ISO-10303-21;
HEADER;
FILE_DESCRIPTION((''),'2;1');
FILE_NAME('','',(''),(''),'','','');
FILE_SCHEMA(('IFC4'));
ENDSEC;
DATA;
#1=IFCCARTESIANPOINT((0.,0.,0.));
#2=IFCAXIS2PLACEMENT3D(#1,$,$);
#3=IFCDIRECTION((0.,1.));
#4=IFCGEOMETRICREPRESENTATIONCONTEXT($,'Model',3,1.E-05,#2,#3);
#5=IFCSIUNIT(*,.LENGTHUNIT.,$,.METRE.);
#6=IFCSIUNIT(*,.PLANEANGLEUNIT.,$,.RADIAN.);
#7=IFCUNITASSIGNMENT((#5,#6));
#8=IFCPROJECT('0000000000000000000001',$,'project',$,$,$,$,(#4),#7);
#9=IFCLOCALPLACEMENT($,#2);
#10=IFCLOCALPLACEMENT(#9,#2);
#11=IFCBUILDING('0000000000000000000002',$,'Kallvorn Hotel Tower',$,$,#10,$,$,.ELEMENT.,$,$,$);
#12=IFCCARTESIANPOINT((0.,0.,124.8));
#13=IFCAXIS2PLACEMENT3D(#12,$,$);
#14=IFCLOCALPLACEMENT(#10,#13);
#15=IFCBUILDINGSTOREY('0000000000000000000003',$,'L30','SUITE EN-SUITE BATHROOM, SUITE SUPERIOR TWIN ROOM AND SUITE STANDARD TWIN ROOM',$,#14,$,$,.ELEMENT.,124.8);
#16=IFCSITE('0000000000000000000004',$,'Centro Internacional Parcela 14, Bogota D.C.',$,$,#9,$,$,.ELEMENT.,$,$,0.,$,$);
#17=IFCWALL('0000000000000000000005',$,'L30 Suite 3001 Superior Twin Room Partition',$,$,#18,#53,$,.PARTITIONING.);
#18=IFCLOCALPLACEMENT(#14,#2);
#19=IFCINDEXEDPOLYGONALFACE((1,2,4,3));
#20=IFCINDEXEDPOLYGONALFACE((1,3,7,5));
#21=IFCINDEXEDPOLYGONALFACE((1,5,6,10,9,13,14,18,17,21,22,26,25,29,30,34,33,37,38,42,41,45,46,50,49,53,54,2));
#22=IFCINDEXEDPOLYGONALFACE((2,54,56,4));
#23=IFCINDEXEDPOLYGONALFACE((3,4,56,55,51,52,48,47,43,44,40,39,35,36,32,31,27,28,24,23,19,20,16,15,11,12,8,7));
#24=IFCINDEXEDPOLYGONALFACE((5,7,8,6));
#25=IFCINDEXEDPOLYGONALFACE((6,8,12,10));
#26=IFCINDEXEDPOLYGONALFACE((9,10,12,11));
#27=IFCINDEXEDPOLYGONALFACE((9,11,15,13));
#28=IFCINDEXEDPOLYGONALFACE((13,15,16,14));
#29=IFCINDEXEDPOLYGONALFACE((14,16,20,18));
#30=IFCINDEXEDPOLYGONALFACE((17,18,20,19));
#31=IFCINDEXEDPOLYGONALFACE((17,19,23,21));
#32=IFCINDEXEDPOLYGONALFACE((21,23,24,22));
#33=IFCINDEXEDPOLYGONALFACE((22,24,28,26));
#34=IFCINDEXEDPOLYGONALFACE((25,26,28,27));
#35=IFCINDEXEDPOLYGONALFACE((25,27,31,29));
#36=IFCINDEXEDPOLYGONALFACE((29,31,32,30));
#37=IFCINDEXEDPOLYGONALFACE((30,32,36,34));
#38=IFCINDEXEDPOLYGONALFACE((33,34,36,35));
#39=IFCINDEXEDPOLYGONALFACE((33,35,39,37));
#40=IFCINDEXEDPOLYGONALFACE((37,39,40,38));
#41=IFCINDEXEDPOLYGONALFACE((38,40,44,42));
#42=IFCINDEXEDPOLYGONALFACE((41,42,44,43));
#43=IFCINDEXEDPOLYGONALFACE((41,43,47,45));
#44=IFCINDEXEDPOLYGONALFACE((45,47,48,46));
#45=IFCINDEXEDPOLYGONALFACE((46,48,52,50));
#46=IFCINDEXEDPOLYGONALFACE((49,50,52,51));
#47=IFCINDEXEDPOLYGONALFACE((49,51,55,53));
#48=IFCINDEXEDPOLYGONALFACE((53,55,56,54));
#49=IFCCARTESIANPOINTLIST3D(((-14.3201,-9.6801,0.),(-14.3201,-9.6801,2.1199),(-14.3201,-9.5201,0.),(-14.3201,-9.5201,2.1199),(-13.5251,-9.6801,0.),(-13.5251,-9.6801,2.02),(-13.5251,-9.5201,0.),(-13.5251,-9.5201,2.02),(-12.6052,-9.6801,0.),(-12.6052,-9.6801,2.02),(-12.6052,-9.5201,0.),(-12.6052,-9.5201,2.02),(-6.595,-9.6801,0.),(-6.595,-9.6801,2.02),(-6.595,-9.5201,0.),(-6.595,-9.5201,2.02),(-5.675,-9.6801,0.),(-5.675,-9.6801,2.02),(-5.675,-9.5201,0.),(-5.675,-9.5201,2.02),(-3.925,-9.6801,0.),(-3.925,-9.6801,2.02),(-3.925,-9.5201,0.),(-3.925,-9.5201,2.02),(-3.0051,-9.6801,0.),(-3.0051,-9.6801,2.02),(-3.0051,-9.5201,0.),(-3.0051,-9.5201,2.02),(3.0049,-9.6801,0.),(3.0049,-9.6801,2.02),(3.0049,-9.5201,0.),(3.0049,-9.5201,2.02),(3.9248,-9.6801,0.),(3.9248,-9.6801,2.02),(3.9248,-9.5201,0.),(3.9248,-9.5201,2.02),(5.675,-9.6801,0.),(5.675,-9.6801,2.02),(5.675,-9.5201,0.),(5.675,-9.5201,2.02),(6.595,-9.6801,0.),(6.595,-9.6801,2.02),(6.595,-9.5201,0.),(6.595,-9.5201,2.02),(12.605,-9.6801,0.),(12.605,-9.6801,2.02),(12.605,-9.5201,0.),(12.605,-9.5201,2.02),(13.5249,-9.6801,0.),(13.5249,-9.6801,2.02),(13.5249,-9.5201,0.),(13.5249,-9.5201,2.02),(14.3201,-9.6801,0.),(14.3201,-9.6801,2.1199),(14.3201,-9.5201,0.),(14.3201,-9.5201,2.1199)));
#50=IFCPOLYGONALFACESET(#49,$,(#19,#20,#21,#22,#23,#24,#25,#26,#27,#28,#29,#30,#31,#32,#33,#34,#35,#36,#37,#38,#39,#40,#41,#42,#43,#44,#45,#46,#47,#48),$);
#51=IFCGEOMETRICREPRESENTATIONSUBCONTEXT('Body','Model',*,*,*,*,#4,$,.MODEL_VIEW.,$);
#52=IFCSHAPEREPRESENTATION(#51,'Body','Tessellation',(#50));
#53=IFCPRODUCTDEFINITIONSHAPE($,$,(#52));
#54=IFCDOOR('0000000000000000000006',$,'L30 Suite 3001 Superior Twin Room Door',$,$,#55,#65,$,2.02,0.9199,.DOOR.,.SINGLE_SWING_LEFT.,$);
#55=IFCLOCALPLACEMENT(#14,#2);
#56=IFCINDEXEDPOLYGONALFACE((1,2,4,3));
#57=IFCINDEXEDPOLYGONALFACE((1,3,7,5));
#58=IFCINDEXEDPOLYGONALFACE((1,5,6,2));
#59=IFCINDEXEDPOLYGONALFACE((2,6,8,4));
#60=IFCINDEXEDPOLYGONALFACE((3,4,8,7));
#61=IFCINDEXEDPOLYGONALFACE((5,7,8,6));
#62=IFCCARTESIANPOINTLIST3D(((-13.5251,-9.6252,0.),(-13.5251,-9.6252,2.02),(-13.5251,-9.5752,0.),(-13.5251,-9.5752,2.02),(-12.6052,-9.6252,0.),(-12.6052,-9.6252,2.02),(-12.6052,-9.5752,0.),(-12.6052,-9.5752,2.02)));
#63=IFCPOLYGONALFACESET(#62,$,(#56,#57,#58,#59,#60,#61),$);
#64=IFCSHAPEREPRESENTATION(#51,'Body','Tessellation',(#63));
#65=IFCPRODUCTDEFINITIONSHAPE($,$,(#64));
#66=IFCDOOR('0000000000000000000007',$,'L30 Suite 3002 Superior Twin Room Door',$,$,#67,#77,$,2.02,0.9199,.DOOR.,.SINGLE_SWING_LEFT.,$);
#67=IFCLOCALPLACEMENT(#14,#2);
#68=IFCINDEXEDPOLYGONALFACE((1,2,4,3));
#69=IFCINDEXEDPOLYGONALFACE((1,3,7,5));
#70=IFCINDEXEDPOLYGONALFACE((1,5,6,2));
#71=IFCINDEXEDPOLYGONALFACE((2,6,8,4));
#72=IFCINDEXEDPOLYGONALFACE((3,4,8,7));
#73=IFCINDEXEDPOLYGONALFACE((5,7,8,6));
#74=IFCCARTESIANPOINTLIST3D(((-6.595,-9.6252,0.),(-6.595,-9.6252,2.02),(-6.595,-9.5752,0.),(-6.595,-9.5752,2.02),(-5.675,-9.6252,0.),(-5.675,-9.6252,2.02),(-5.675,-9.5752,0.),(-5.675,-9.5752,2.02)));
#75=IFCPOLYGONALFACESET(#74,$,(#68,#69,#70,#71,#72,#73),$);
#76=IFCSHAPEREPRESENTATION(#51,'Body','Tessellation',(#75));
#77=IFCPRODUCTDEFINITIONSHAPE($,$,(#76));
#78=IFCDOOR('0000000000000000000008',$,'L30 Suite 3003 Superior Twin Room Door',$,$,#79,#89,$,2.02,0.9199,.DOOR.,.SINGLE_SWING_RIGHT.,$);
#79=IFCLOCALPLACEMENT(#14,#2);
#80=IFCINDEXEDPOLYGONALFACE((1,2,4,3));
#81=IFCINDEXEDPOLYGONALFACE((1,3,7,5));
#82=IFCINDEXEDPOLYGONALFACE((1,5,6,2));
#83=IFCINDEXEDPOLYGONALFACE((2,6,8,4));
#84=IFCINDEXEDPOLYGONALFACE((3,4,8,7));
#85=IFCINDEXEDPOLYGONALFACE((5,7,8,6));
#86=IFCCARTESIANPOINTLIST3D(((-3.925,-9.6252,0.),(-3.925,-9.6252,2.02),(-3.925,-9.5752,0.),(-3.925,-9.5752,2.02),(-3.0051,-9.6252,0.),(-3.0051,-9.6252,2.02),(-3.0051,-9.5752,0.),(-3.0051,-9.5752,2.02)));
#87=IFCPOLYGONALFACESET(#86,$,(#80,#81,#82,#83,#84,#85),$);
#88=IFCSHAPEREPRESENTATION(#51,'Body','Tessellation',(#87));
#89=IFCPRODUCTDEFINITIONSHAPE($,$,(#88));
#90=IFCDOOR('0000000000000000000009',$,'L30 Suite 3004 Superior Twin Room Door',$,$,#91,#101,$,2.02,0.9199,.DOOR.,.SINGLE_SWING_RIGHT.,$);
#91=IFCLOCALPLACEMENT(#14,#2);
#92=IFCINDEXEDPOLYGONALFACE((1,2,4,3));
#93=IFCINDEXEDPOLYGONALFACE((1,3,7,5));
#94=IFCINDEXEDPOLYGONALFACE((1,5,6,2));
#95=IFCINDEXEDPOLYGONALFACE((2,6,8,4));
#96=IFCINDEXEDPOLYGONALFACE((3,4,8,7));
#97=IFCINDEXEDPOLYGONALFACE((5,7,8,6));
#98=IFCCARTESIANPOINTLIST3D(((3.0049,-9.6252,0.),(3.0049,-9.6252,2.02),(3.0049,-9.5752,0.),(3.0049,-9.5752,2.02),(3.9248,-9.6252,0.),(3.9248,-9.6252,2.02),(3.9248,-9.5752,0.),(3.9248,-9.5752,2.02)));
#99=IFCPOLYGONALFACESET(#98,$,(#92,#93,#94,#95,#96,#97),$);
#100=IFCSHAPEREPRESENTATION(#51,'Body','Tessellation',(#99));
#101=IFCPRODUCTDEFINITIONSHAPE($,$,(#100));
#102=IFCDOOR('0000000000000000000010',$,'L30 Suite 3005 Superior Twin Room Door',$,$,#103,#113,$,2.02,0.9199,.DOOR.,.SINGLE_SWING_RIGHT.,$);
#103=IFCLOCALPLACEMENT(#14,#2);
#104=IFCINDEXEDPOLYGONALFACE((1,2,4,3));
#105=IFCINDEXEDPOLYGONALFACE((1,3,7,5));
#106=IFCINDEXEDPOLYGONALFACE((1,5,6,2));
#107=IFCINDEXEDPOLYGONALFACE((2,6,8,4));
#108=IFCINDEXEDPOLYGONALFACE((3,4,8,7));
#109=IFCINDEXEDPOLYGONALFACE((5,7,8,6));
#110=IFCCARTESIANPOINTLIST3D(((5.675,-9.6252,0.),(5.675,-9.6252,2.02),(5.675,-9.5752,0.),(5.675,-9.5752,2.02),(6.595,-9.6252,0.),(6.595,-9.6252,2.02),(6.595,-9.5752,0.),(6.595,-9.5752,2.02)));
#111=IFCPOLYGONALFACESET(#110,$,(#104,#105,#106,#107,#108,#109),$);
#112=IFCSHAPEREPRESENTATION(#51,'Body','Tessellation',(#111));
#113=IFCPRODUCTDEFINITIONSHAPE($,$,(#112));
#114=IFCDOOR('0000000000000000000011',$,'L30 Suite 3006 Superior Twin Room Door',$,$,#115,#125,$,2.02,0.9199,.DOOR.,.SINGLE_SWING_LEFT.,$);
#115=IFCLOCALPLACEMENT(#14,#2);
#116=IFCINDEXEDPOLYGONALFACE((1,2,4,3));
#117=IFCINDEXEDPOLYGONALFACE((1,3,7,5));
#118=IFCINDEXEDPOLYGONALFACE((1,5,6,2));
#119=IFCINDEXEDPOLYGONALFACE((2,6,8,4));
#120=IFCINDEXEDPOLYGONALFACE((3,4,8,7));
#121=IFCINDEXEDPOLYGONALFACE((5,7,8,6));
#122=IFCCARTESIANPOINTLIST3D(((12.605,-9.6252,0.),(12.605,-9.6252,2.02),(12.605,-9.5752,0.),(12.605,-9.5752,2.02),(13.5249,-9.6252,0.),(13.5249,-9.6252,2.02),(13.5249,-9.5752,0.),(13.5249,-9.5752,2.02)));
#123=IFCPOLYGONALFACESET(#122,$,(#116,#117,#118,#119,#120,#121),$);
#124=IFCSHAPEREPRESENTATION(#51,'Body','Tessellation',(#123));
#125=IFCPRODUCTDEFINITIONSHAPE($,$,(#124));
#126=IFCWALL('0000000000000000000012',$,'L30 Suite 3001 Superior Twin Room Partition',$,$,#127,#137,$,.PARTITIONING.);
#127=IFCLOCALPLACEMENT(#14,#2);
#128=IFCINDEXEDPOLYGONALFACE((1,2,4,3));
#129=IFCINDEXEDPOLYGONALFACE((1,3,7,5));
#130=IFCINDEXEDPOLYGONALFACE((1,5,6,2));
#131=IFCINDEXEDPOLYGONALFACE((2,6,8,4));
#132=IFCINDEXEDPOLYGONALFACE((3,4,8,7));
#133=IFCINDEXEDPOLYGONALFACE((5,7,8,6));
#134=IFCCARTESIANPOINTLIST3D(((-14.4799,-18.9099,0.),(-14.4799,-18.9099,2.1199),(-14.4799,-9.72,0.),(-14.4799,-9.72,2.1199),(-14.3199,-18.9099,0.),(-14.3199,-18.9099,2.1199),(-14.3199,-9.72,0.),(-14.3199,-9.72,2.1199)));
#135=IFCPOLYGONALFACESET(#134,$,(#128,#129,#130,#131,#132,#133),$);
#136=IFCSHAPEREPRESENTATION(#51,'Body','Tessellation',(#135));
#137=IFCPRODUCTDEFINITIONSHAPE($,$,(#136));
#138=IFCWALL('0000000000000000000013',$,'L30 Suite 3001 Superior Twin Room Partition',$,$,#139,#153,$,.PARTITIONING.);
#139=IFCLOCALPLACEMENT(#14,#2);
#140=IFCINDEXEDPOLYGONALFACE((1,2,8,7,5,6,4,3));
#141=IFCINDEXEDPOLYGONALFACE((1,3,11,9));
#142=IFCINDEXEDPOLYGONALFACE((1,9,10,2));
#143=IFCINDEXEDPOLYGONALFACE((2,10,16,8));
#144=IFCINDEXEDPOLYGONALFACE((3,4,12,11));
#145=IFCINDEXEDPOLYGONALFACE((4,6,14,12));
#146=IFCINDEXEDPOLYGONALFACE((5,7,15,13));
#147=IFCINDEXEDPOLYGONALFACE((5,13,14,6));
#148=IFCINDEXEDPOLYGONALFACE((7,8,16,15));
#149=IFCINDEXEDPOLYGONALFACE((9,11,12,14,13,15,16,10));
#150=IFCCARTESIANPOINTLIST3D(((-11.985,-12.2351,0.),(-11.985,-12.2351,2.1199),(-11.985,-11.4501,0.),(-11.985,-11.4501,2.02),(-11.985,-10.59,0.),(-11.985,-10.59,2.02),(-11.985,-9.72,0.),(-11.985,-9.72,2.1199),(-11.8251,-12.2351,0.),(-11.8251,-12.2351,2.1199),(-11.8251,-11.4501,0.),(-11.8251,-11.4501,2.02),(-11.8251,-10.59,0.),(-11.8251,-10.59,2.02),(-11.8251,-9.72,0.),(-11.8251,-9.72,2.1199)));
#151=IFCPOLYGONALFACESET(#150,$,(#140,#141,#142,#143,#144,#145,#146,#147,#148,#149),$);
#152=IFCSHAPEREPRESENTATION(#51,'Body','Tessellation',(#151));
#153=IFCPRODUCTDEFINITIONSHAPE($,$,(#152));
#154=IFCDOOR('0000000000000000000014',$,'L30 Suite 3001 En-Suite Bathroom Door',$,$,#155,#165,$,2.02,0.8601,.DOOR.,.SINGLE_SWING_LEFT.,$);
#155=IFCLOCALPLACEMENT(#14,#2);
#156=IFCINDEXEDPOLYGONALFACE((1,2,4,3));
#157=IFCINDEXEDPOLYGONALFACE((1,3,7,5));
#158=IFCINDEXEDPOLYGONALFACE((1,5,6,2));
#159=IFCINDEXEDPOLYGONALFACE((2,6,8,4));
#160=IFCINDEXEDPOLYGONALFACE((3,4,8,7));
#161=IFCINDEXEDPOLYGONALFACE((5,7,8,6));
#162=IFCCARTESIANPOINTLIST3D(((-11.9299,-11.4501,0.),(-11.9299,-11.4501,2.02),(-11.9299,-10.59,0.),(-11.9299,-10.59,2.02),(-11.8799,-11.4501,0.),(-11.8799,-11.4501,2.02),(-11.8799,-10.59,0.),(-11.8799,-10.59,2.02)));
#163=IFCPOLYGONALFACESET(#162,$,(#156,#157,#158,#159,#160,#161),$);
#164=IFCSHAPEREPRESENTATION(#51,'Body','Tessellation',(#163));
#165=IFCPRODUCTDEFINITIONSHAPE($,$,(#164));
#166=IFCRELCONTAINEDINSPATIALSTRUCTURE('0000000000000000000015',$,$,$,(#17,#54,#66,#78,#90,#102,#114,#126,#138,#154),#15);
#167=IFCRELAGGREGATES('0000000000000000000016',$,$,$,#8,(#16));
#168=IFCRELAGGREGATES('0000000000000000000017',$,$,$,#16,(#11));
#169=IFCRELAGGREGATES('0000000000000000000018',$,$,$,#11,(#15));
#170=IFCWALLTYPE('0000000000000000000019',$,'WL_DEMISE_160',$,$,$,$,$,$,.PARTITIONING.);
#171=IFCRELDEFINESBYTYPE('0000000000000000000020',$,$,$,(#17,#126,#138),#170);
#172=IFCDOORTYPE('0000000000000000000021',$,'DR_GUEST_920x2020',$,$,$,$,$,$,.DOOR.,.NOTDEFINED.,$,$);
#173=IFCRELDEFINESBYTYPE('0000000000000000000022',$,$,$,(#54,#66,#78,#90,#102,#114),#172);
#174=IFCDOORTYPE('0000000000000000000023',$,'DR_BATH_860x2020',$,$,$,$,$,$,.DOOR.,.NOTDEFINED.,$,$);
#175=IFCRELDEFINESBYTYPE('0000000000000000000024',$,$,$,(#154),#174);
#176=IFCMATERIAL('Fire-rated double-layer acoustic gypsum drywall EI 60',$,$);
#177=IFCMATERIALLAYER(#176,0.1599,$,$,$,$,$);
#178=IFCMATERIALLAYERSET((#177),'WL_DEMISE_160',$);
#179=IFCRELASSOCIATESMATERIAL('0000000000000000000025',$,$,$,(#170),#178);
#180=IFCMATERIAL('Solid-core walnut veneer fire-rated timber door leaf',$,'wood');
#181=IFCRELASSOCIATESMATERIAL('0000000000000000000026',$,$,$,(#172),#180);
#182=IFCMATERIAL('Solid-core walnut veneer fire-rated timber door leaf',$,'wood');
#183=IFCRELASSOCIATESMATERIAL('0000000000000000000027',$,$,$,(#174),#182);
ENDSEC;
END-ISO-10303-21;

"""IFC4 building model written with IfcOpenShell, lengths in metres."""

from ifc_helpers import new_model, si_unit, direction, frame, frame_2d, origin, place, context, subcontext, project, spatial, rectangle, extrude, material, layer, layer_set, type_object, element, fill, save


model = new_model("IFC4")

# Units and contexts
model_context = context("Model", 3, precision=1e-05, world=origin(), true_north=direction((0.0, 1.0)))
body_context = subcontext(model_context, "Body", "Model", "MODEL_VIEW")
ifc_project = project(units=[si_unit("LENGTHUNIT", "METRE"), si_unit("PLANEANGLEUNIT", "RADIAN")], contexts=[model_context])

# Site, building, storey
site_placement = place(None, origin())
site = spatial("IfcSite", under=ifc_project, at=site_placement, Name="Centro Internacional Parcela 14, Bogota D.C.", CompositionType="ELEMENT", RefElevation=0.0)
building_placement = place(site_placement, origin())
building = spatial("IfcBuilding", under=site, at=building_placement, Name="Kallvorn Hotel Tower", CompositionType="ELEMENT")
storey_placement = place(building_placement, frame((0.0, 0.0, 124.8)))
storey = spatial("IfcBuildingStorey", under=building, at=storey_placement, Name="L30", Description="SUITE EN-SUITE BATHROOM, SUITE SUPERIOR TWIN ROOM AND SUITE STANDARD TWIN ROOM", CompositionType="ELEMENT", Elevation=124.8)

# Shared definitions
ifc_material_1 = material(Name="Fire-rated double-layer acoustic gypsum drywall EI 60")
ifc_layer = layer(ifc_material_1, 0.1599)
ifc_layer_set = layer_set([ifc_layer], Name="WL_DEMISE_160")
wall_type = type_object("IfcWallType", Name="WL_DEMISE_160", PredefinedType="PARTITIONING", material=ifc_layer_set)

# Wall, openings, doors
wall_1_placement = place(storey_placement, frame((-14.3201, -9.6001, 0.0), z_axis=(0.0, 0.0, 1.0), x_axis=(1.0, 0.0, 0.0)))
wall_1 = element("IfcWall", 1, at=wall_1_placement, inside=storey, type_object=wall_type, Name="L30 Suite 3001 Superior Twin Room Partition", PredefinedType="PARTITIONING", context=body_context, shape_type="SweptSolid", body=[
    extrude(rectangle(XDim=28.6401, YDim=0.1599, at=frame_2d((14.3201, 0.0))), origin(), (0.0, 0.0, 1.0), 2.1199),
])
opening_1_placement = place(wall_1_placement, frame((0.7949, 0.0, 0.0)))
opening_1 = element("IfcOpeningElement", 2, at=opening_1_placement, cuts=wall_1, PredefinedType="OPENING", context=body_context, shape_type="SweptSolid", body=[
    extrude(rectangle(XDim=0.9199, YDim=2.02, at=frame_2d((0.46, 1.01))), frame((0.0, 0.095, 0.0), z_axis=(0.0, -1.0, 0.0), x_axis=(1.0, 0.0, 0.0)), (0.0, 0.0, 1.0), 0.1899),
])
opening_2_placement = place(wall_1_placement, frame((7.7251, 0.0, 0.0)))
opening_2 = element("IfcOpeningElement", 3, at=opening_2_placement, cuts=wall_1, PredefinedType="OPENING", context=body_context, shape_type="SweptSolid", body=[
    extrude(rectangle(XDim=0.9199, YDim=2.02, at=frame_2d((0.46, 1.01))), frame((0.0, 0.095, 0.0), z_axis=(0.0, -1.0, 0.0), x_axis=(1.0, 0.0, 0.0)), (0.0, 0.0, 1.0), 0.1899),
])
opening_3_placement = place(wall_1_placement, frame((10.395, 0.0, 0.0)))
opening_3 = element("IfcOpeningElement", 4, at=opening_3_placement, cuts=wall_1, PredefinedType="OPENING", context=body_context, shape_type="SweptSolid", body=[
    extrude(rectangle(XDim=0.9199, YDim=2.02, at=frame_2d((0.46, 1.01))), frame((0.0, 0.095, 0.0), z_axis=(0.0, -1.0, 0.0), x_axis=(1.0, 0.0, 0.0)), (0.0, 0.0, 1.0), 0.1899),
])
opening_4_placement = place(wall_1_placement, frame((17.325, 0.0, 0.0)))
opening_4 = element("IfcOpeningElement", 5, at=opening_4_placement, cuts=wall_1, PredefinedType="OPENING", context=body_context, shape_type="SweptSolid", body=[
    extrude(rectangle(XDim=0.9199, YDim=2.02, at=frame_2d((0.46, 1.01))), frame((0.0, 0.095, 0.0), z_axis=(0.0, -1.0, 0.0), x_axis=(1.0, 0.0, 0.0)), (0.0, 0.0, 1.0), 0.1899),
])
opening_5_placement = place(wall_1_placement, frame((19.9951, 0.0, 0.0)))
opening_5 = element("IfcOpeningElement", 6, at=opening_5_placement, cuts=wall_1, PredefinedType="OPENING", context=body_context, shape_type="SweptSolid", body=[
    extrude(rectangle(XDim=0.9199, YDim=2.02, at=frame_2d((0.46, 1.01))), frame((0.0, 0.095, 0.0), z_axis=(0.0, -1.0, 0.0), x_axis=(1.0, 0.0, 0.0)), (0.0, 0.0, 1.0), 0.1899),
])
opening_6_placement = place(wall_1_placement, frame((26.925, 0.0, 0.0)))
opening_6 = element("IfcOpeningElement", 7, at=opening_6_placement, cuts=wall_1, PredefinedType="OPENING", context=body_context, shape_type="SweptSolid", body=[
    extrude(rectangle(XDim=0.9199, YDim=2.02, at=frame_2d((0.46, 1.01))), frame((0.0, 0.095, 0.0), z_axis=(0.0, -1.0, 0.0), x_axis=(1.0, 0.0, 0.0)), (0.0, 0.0, 1.0), 0.1899),
])
ifc_material_2 = material(Name="Solid-core walnut veneer fire-rated timber door leaf", Category="wood")
door_type_1 = type_object("IfcDoorType", Name="DR_GUEST_920x2020", OperationType="NOTDEFINED", PredefinedType="DOOR", material=ifc_material_2)
door_1_placement = place(opening_1_placement, origin())
door_1 = element("IfcDoor", 8, at=door_1_placement, inside=storey, type_object=door_type_1, Name="L30 Suite 3001 Superior Twin Room Door", OperationType="SINGLE_SWING_LEFT", OverallHeight=2.02, OverallWidth=0.9199, PredefinedType="DOOR", context=body_context, shape_type="SweptSolid", body=[
    extrude(rectangle(XDim=0.9199, YDim=2.02, at=frame_2d((0.46, 1.01))), frame((0.0, 0.0249, 0.0), z_axis=(0.0, -1.0, 0.0), x_axis=(1.0, 0.0, 0.0)), (0.0, 0.0, 1.0), 0.05),
])
fill(opening_1, door_1)
door_2_placement = place(opening_2_placement, origin())
door_2 = element("IfcDoor", 9, at=door_2_placement, inside=storey, type_object=door_type_1, Name="L30 Suite 3002 Superior Twin Room Door", OperationType="SINGLE_SWING_LEFT", OverallHeight=2.02, OverallWidth=0.9199, PredefinedType="DOOR", context=body_context, shape_type="SweptSolid", body=[
    extrude(rectangle(XDim=0.9199, YDim=2.02, at=frame_2d((0.46, 1.01))), frame((0.0, 0.0249, 0.0), z_axis=(0.0, -1.0, 0.0), x_axis=(1.0, 0.0, 0.0)), (0.0, 0.0, 1.0), 0.05),
])
fill(opening_2, door_2)
door_3_placement = place(opening_3_placement, origin())
door_3 = element("IfcDoor", 10, at=door_3_placement, inside=storey, type_object=door_type_1, Name="L30 Suite 3003 Superior Twin Room Door", OperationType="SINGLE_SWING_RIGHT", OverallHeight=2.02, OverallWidth=0.9199, PredefinedType="DOOR", context=body_context, shape_type="SweptSolid", body=[
    extrude(rectangle(XDim=0.9199, YDim=2.02, at=frame_2d((0.46, 1.01))), frame((0.0, 0.0249, 0.0), z_axis=(0.0, -1.0, 0.0), x_axis=(1.0, 0.0, 0.0)), (0.0, 0.0, 1.0), 0.05),
])
fill(opening_3, door_3)
door_4_placement = place(opening_4_placement, origin())
door_4 = element("IfcDoor", 11, at=door_4_placement, inside=storey, type_object=door_type_1, Name="L30 Suite 3004 Superior Twin Room Door", OperationType="SINGLE_SWING_RIGHT", OverallHeight=2.02, OverallWidth=0.9199, PredefinedType="DOOR", context=body_context, shape_type="SweptSolid", body=[
    extrude(rectangle(XDim=0.9199, YDim=2.02, at=frame_2d((0.46, 1.01))), frame((0.0, 0.0249, 0.0), z_axis=(0.0, -1.0, 0.0), x_axis=(1.0, 0.0, 0.0)), (0.0, 0.0, 1.0), 0.05),
])
fill(opening_4, door_4)
door_5_placement = place(opening_5_placement, origin())
door_5 = element("IfcDoor", 12, at=door_5_placement, inside=storey, type_object=door_type_1, Name="L30 Suite 3005 Superior Twin Room Door", OperationType="SINGLE_SWING_RIGHT", OverallHeight=2.02, OverallWidth=0.9199, PredefinedType="DOOR", context=body_context, shape_type="SweptSolid", body=[
    extrude(rectangle(XDim=0.9199, YDim=2.02, at=frame_2d((0.46, 1.01))), frame((0.0, 0.0249, 0.0), z_axis=(0.0, -1.0, 0.0), x_axis=(1.0, 0.0, 0.0)), (0.0, 0.0, 1.0), 0.05),
])
fill(opening_5, door_5)
door_6_placement = place(opening_6_placement, origin())
door_6 = element("IfcDoor", 13, at=door_6_placement, inside=storey, type_object=door_type_1, Name="L30 Suite 3006 Superior Twin Room Door", OperationType="SINGLE_SWING_LEFT", OverallHeight=2.02, OverallWidth=0.9199, PredefinedType="DOOR", context=body_context, shape_type="SweptSolid", body=[
    extrude(rectangle(XDim=0.9199, YDim=2.02, at=frame_2d((0.46, 1.01))), frame((0.0, 0.0249, 0.0), z_axis=(0.0, -1.0, 0.0), x_axis=(1.0, 0.0, 0.0)), (0.0, 0.0, 1.0), 0.05),
])
fill(opening_6, door_6)

# Wall
wall_2_placement = place(storey_placement, frame((-14.3999, -18.9099, 0.0), z_axis=(0.0, 0.0, 1.0), x_axis=(0.0, 1.0, 0.0)))
element("IfcWall", 14, at=wall_2_placement, inside=storey, type_object=wall_type, Name="L30 Suite 3001 Superior Twin Room Partition", PredefinedType="PARTITIONING", context=body_context, shape_type="SweptSolid", body=[
    extrude(rectangle(XDim=9.1899, YDim=0.1599, at=frame_2d((4.595, 0.0))), origin(), (0.0, 0.0, 1.0), 2.1199),
])

# Wall, opening, door
wall_3_placement = place(storey_placement, frame((-11.905, -12.2351, 0.0), z_axis=(0.0, 0.0, 1.0), x_axis=(0.0, 1.0, 0.0)))
wall_3 = element("IfcWall", 15, at=wall_3_placement, inside=storey, type_object=wall_type, Name="L30 Suite 3001 Superior Twin Room Partition", PredefinedType="PARTITIONING", context=body_context, shape_type="SweptSolid", body=[
    extrude(rectangle(XDim=2.5151, YDim=0.1599, at=frame_2d((1.2576, 0.0))), origin(), (0.0, 0.0, 1.0), 2.1199),
])
opening_7_placement = place(wall_3_placement, frame((0.7849, 0.0, 0.0)))
opening_7 = element("IfcOpeningElement", 16, at=opening_7_placement, cuts=wall_3, PredefinedType="OPENING", context=body_context, shape_type="SweptSolid", body=[
    extrude(rectangle(XDim=0.8601, YDim=2.02, at=frame_2d((0.4302, 1.01))), frame((0.0, 0.095, 0.0), z_axis=(0.0, -1.0, 0.0), x_axis=(1.0, 0.0, 0.0)), (0.0, 0.0, 1.0), 0.1899),
])
ifc_material_3 = material(Name="Solid-core walnut veneer fire-rated timber door leaf", Category="wood")
door_type_2 = type_object("IfcDoorType", Name="DR_BATH_860x2020", OperationType="NOTDEFINED", PredefinedType="DOOR", material=ifc_material_3)
door_7_placement = place(opening_7_placement, origin())
door_7 = element("IfcDoor", 17, at=door_7_placement, inside=storey, type_object=door_type_2, Name="L30 Suite 3001 En-Suite Bathroom Door", OperationType="SINGLE_SWING_LEFT", OverallHeight=2.02, OverallWidth=0.8601, PredefinedType="DOOR", context=body_context, shape_type="SweptSolid", body=[
    extrude(rectangle(XDim=0.8601, YDim=2.02, at=frame_2d((0.4302, 1.01))), frame((0.0, 0.0249, 0.0), z_axis=(0.0, -1.0, 0.0), x_axis=(1.0, 0.0, 0.0)), (0.0, 0.0, 1.0), 0.05),
])
fill(opening_7, door_7)

save(model, "model.ifc")
